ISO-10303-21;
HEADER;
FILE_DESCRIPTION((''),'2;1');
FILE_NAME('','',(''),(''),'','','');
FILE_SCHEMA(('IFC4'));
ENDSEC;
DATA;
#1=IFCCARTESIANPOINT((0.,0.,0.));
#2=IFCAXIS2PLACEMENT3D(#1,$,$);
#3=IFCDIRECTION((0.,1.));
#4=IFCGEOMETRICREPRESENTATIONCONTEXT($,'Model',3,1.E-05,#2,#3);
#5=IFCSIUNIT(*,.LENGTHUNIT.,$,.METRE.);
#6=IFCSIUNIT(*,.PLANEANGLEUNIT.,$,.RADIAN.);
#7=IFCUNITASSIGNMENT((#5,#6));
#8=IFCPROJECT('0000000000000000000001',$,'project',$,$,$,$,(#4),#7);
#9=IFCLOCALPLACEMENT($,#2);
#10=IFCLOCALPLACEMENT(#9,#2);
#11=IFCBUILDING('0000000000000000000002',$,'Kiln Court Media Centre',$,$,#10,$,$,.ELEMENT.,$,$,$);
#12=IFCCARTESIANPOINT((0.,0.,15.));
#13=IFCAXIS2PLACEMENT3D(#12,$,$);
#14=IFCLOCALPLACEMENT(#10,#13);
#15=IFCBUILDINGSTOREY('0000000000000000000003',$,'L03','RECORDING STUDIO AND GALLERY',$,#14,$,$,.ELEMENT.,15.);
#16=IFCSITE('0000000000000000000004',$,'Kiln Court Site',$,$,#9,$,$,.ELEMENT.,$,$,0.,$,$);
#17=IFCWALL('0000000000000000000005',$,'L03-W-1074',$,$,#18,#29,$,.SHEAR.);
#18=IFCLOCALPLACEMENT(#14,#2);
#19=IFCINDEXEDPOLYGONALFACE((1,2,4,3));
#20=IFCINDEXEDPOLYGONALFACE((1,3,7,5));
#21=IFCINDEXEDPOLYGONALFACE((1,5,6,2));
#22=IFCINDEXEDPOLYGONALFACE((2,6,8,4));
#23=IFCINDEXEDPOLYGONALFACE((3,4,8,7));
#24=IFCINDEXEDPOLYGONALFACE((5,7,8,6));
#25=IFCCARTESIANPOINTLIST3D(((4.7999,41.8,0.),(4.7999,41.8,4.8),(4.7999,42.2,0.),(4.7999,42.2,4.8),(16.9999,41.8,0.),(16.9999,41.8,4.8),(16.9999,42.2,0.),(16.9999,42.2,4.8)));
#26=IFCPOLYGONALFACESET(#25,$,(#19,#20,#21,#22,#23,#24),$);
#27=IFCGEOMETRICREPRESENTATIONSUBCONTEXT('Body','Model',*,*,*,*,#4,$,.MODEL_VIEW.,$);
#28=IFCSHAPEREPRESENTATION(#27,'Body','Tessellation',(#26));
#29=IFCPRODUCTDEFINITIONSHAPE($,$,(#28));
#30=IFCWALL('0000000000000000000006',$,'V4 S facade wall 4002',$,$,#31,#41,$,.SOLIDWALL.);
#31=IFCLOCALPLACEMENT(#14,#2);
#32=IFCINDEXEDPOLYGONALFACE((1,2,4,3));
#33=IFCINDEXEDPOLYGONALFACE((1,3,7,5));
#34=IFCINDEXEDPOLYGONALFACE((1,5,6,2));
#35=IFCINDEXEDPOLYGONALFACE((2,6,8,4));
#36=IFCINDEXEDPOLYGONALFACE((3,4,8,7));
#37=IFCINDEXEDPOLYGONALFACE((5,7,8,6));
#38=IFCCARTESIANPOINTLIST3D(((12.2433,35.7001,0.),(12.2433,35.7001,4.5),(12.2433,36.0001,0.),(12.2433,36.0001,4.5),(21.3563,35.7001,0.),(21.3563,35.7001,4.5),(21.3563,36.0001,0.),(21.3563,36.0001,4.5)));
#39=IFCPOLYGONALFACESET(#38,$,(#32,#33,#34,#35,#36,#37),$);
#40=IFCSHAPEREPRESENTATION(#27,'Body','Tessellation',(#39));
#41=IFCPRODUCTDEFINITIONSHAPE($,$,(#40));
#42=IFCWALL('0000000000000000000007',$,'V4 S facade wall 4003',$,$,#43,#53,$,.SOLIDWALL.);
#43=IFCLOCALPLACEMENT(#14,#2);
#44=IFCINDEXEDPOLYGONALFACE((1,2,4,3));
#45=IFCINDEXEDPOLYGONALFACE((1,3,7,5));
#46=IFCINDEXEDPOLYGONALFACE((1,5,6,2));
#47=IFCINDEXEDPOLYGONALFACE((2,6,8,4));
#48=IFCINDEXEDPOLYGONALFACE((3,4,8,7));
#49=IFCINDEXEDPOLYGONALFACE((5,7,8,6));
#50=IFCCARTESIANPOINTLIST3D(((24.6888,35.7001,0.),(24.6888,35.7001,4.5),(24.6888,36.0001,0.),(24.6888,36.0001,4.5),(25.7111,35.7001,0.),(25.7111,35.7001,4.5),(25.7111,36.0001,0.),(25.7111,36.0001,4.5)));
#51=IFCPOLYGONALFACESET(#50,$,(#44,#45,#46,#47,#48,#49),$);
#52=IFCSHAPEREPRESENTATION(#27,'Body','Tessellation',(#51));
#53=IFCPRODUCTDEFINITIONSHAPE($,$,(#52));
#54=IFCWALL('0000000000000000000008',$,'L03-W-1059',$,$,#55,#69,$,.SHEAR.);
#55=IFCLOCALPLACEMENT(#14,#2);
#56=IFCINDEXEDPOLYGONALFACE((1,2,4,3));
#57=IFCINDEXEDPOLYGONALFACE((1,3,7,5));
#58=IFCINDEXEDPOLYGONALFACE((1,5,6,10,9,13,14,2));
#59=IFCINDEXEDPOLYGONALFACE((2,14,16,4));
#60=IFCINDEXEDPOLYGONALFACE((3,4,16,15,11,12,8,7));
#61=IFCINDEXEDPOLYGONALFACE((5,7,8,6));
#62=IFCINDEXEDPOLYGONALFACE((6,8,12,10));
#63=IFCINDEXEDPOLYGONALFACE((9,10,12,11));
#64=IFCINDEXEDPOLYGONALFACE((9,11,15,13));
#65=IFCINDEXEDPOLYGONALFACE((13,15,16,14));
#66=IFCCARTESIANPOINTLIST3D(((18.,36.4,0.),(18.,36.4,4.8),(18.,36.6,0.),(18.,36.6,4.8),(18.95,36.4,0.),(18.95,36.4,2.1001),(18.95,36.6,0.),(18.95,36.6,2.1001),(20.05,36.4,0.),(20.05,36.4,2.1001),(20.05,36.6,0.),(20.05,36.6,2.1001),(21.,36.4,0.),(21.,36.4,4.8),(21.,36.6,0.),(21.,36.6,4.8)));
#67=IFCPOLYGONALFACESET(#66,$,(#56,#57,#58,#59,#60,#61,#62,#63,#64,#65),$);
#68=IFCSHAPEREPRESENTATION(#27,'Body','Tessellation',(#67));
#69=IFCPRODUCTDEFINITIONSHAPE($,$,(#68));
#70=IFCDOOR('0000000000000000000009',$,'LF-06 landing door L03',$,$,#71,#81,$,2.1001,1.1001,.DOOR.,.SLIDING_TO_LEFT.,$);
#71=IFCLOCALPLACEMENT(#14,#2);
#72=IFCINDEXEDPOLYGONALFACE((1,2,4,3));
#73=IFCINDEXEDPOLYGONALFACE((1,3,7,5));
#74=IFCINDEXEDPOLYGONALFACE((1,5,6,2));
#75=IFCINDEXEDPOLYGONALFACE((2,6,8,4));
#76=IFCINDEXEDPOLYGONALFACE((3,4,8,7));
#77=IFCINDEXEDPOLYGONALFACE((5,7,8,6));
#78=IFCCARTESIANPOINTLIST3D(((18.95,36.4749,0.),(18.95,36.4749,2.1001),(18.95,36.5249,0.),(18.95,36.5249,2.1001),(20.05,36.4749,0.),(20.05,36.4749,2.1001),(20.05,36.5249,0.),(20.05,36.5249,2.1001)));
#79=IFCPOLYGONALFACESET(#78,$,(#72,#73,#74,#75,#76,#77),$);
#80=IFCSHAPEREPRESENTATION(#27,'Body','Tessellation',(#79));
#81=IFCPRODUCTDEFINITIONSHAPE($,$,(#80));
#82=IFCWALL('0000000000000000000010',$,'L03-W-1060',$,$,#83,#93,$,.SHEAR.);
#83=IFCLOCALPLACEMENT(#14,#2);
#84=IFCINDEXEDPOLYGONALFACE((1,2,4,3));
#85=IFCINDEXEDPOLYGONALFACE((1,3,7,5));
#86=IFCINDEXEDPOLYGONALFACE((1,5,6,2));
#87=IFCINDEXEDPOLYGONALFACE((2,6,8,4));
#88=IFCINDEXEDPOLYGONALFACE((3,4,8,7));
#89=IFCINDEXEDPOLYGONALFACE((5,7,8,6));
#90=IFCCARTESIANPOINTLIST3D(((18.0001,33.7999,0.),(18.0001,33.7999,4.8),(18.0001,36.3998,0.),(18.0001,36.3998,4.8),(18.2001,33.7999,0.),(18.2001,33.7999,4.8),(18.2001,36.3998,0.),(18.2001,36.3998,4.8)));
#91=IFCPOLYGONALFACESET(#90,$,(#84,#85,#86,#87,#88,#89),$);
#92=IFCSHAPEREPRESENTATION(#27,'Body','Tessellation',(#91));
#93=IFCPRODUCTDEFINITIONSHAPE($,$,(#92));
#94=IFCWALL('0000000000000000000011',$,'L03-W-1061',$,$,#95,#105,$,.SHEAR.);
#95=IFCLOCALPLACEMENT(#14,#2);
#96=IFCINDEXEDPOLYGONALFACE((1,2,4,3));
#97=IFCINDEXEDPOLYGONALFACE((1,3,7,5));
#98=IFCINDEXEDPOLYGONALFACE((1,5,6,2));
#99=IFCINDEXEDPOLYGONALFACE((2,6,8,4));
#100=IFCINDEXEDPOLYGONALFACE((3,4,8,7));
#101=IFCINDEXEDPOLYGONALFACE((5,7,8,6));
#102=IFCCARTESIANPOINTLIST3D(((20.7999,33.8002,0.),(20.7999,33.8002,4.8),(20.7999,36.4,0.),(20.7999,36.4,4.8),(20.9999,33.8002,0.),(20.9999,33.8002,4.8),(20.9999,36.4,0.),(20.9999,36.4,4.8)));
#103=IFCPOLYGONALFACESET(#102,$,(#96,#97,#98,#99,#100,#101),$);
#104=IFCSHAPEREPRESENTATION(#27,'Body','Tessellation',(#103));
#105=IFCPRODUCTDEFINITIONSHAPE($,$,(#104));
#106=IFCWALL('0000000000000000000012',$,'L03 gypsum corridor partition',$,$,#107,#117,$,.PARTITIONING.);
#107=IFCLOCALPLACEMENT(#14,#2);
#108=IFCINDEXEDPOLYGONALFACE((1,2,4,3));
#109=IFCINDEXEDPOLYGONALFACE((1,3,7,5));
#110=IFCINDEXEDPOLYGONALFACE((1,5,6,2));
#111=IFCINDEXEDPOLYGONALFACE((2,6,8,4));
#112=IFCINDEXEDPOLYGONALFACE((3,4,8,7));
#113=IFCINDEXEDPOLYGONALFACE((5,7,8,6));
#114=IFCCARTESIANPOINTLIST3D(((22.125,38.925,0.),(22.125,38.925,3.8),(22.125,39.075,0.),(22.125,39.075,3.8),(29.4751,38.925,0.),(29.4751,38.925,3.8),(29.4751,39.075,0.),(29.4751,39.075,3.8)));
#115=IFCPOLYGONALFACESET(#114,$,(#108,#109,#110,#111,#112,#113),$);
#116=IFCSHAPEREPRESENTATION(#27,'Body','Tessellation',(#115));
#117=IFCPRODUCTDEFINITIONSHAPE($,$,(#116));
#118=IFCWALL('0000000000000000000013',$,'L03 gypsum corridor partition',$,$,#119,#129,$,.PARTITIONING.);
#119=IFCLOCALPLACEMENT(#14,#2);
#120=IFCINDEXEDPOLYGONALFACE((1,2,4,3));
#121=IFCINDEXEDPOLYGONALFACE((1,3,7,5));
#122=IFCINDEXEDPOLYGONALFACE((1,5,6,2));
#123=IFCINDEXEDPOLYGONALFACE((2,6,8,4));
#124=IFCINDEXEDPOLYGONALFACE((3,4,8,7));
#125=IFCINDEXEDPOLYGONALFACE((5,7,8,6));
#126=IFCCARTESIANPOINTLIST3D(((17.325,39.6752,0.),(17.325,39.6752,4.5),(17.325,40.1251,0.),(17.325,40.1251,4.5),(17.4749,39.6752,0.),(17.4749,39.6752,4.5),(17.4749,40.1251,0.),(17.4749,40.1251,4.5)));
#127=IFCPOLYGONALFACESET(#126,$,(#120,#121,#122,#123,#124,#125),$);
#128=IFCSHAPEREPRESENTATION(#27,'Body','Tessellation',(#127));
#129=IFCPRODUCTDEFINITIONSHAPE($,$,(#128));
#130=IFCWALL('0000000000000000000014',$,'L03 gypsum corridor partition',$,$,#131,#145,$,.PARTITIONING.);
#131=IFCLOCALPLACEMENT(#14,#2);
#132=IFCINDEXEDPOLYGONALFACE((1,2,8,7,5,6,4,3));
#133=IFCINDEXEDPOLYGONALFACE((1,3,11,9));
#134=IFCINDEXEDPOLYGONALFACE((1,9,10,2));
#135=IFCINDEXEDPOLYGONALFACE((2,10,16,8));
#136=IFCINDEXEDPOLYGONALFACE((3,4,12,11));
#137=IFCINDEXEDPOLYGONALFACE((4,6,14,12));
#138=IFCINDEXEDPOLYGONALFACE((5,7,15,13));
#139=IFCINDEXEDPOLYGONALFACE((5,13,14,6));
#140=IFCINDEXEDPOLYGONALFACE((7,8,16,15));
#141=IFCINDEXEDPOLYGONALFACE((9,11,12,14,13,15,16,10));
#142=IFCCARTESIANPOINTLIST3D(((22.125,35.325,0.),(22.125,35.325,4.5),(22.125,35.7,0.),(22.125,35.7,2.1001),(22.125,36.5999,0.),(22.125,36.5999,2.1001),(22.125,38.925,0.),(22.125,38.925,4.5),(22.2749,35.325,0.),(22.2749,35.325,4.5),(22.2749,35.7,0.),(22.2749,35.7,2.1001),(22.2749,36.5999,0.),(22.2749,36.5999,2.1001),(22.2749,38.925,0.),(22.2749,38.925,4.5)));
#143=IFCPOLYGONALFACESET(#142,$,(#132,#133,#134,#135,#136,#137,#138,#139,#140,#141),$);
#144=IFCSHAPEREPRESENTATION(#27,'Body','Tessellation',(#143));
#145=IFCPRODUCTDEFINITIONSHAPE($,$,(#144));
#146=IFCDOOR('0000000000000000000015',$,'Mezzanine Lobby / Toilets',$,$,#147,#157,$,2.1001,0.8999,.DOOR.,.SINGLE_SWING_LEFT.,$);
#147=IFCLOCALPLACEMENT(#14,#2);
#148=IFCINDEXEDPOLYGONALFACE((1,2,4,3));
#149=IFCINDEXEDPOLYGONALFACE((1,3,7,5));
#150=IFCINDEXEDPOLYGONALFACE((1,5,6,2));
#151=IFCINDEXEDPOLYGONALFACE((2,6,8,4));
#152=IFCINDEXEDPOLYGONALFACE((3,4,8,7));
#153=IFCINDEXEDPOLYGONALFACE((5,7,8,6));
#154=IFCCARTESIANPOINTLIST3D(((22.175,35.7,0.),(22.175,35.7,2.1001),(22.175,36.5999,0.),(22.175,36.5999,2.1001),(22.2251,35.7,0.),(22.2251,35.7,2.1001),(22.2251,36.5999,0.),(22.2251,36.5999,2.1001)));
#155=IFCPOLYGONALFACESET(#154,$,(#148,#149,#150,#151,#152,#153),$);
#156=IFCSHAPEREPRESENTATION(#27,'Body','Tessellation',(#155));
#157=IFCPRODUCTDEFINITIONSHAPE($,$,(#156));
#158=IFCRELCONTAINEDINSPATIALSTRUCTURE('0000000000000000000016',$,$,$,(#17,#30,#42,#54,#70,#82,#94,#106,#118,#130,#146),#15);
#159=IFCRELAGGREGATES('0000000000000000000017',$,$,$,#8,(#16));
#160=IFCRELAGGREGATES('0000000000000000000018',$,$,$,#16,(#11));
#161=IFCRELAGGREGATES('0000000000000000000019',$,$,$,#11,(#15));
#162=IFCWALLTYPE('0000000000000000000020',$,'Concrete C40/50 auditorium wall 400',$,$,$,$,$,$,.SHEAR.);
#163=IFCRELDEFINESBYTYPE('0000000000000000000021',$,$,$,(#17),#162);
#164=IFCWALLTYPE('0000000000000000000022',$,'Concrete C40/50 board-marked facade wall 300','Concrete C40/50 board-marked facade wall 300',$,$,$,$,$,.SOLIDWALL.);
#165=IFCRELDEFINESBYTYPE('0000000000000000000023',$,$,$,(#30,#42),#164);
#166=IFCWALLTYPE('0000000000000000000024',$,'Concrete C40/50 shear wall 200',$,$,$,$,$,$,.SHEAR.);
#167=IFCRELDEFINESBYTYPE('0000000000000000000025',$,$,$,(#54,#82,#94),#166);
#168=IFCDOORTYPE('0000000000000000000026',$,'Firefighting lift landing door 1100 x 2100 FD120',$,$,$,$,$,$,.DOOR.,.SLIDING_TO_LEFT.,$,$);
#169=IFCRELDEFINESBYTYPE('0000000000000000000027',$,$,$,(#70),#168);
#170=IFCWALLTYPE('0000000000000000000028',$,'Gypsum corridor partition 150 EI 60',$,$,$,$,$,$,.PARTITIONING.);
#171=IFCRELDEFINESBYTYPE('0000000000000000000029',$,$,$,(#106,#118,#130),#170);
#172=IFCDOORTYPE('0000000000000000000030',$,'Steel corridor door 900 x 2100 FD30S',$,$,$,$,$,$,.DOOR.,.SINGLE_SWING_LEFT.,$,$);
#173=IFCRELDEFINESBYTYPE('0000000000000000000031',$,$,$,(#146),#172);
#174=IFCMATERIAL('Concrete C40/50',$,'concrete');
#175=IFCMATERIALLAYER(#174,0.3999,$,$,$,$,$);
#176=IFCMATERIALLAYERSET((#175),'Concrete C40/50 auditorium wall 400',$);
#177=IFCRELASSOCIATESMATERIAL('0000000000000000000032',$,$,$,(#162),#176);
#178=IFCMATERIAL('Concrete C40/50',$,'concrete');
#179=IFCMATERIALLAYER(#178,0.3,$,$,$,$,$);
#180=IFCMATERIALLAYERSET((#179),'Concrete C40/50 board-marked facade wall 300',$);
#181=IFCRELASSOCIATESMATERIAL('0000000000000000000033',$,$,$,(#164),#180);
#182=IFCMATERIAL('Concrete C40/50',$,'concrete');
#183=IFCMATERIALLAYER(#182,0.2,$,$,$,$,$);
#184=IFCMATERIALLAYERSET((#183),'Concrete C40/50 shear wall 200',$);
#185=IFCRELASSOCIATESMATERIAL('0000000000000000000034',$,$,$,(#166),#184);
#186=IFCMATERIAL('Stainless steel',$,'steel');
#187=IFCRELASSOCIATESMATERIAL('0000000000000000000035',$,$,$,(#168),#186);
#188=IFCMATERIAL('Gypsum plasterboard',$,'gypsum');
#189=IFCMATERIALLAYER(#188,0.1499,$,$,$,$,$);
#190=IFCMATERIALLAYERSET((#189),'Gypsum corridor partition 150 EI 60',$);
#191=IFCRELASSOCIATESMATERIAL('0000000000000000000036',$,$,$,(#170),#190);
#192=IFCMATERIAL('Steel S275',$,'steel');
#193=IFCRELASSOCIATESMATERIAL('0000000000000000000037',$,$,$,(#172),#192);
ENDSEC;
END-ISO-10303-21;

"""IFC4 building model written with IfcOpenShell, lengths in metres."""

from ifc_helpers import new_model, si_unit, direction, frame, frame_2d, origin, place, context, subcontext, project, spatial, rectangle, extrude, material, layer, layer_set, type_object, element, fill, save


model = new_model("IFC4")

# Units and contexts
model_context = context("Model", 3, precision=1e-05, world=origin(), true_north=direction((0.0, 1.0)))
body_context = subcontext(model_context, "Body", "Model", "MODEL_VIEW")
ifc_project = project(units=[si_unit("LENGTHUNIT", "METRE"), si_unit("PLANEANGLEUNIT", "RADIAN")], contexts=[model_context])

# Site, building, storey
site_placement = place(None, origin())
site = spatial("IfcSite", under=ifc_project, at=site_placement, Name="Kiln Court Site", CompositionType="ELEMENT", RefElevation=0.0)
building_placement = place(site_placement, origin())
building = spatial("IfcBuilding", under=site, at=building_placement, Name="Kiln Court Media Centre", CompositionType="ELEMENT")
storey_placement = place(building_placement, frame((0.0, 0.0, 15.0)))
storey = spatial("IfcBuildingStorey", under=building, at=storey_placement, Name="L03", Description="RECORDING STUDIO AND GALLERY", CompositionType="ELEMENT", Elevation=15.0)

# Walls
ifc_material_1 = material(Name="Concrete C40/50", Category="concrete")
ifc_layer_1 = layer(ifc_material_1, 0.3999)
ifc_layer_set_1 = layer_set([ifc_layer_1], Name="Concrete C40/50 auditorium wall 400")
wall_type_1 = type_object("IfcWallType", Name="Concrete C40/50 auditorium wall 400", PredefinedType="SHEAR", material=ifc_layer_set_1)
wall_1_placement = place(storey_placement, frame((17.0, 42.0, 0.0), z_axis=(0.0, 0.0, 1.0), x_axis=(-1.0, 0.0, 0.0)))
element("IfcWall", 1, at=wall_1_placement, inside=storey, type_object=wall_type_1, Name="L03-W-1074", PredefinedType="SHEAR", context=body_context, shape_type="SweptSolid", body=[
    extrude(rectangle(XDim=12.2, YDim=0.3999, at=frame_2d((6.1001, 0.0))), origin(), (0.0, 0.0, 1.0), 4.8),
])
ifc_material_2 = material(Name="Concrete C40/50", Category="concrete")
ifc_layer_2 = layer(ifc_material_2, 0.3)
ifc_layer_set_2 = layer_set([ifc_layer_2], Name="Concrete C40/50 board-marked facade wall 300")
wall_type_2 = type_object("IfcWallType", Name="Concrete C40/50 board-marked facade wall 300", Description="Concrete C40/50 board-marked facade wall 300", PredefinedType="SOLIDWALL", material=ifc_layer_set_2)
wall_2_placement = place(storey_placement, frame((21.3564, 35.8501, 0.0), z_axis=(0.0, 0.0, 1.0), x_axis=(-1.0, 0.0, 0.0)))
element("IfcWall", 2, at=wall_2_placement, inside=storey, type_object=wall_type_2, Name="V4 S facade wall 4002", PredefinedType="SOLIDWALL", context=body_context, shape_type="SweptSolid", body=[
    extrude(rectangle(XDim=9.113, YDim=0.3, at=frame_2d((4.5566, 0.0))), origin(), (0.0, 0.0, 1.0), 4.5),
])
wall_3_placement = place(storey_placement, frame((25.7112, 35.8501, 0.0), z_axis=(0.0, 0.0, 1.0), x_axis=(-1.0, 0.0, 0.0)))
element("IfcWall", 3, at=wall_3_placement, inside=storey, type_object=wall_type_2, Name="V4 S facade wall 4003", PredefinedType="SOLIDWALL", context=body_context, shape_type="SweptSolid", body=[
    extrude(rectangle(XDim=1.0222, YDim=0.3, at=frame_2d((0.5112, 0.0))), origin(), (0.0, 0.0, 1.0), 4.5),
])

# Wall, opening, door
ifc_material_3 = material(Name="Concrete C40/50", Category="concrete")
ifc_layer_3 = layer(ifc_material_3, 0.2)
ifc_layer_set_3 = layer_set([ifc_layer_3], Name="Concrete C40/50 shear wall 200")
wall_type_3 = type_object("IfcWallType", Name="Concrete C40/50 shear wall 200", PredefinedType="SHEAR", material=ifc_layer_set_3)
wall_4_placement = place(storey_placement, frame((18.0, 36.5, 0.0), z_axis=(0.0, 0.0, 1.0), x_axis=(1.0, 0.0, 0.0)))
wall_4 = element("IfcWall", 4, at=wall_4_placement, inside=storey, type_object=wall_type_3, Name="L03-W-1059", PredefinedType="SHEAR", context=body_context, shape_type="SweptSolid", body=[
    extrude(rectangle(XDim=3.0, YDim=0.2, at=frame_2d((1.5, 0.0))), origin(), (0.0, 0.0, 1.0), 4.8),
])
opening_1_placement = place(wall_4_placement, frame((0.95, 0.0, 0.0)))
opening_1 = element("IfcOpeningElement", 5, at=opening_1_placement, cuts=wall_4, PredefinedType="OPENING", context=body_context, shape_type="SweptSolid", body=[
    extrude(rectangle(XDim=1.1001, YDim=2.1001, at=frame_2d((0.55, 1.05))), frame((0.0, 0.1099, 0.0), z_axis=(0.0, -1.0, 0.0), x_axis=(1.0, 0.0, 0.0)), (0.0, 0.0, 1.0), 0.22),
])
ifc_material_4 = material(Name="Stainless steel", Category="steel")
door_type_1 = type_object("IfcDoorType", Name="Firefighting lift landing door 1100 x 2100 FD120", OperationType="SLIDING_TO_LEFT", PredefinedType="DOOR", material=ifc_material_4)
door_1_placement = place(opening_1_placement, origin())
door_1 = element("IfcDoor", 6, at=door_1_placement, inside=storey, type_object=door_type_1, Name="LF-06 landing door L03", OperationType="SLIDING_TO_LEFT", OverallHeight=2.1001, OverallWidth=1.1001, PredefinedType="DOOR", context=body_context, shape_type="SweptSolid", body=[
    extrude(rectangle(XDim=1.1001, YDim=2.1001, at=frame_2d((0.55, 1.05))), frame((0.0, 0.0249, 0.0), z_axis=(0.0, -1.0, 0.0), x_axis=(1.0, 0.0, 0.0)), (0.0, 0.0, 1.0), 0.05),
])
fill(opening_1, door_1)

# Walls
for number, where, z_axis, x_axis, name in (
    (7, (18.1001, 33.8, 0.0), (0.0, 0.0, 1.0), (0.0, 1.0, 0.0), "L03-W-1060"),
    (8, (20.8999, 36.3999, 0.0), (0.0, 0.0, 1.0), (0.0, -1.0, 0.0), "L03-W-1061"),
):
    element("IfcWall", number, at=place(storey_placement, frame(where, z_axis=z_axis, x_axis=x_axis)), inside=storey, type_object=wall_type_3, Name=name, PredefinedType="SHEAR", context=body_context, shape_type="SweptSolid", body=[
        extrude(rectangle(XDim=2.5999, YDim=0.2, at=frame_2d((1.2998, 0.0))), origin(), (0.0, 0.0, 1.0), 4.8),
    ])
ifc_material_5 = material(Name="Gypsum plasterboard", Category="gypsum")
ifc_layer_4 = layer(ifc_material_5, 0.1499)
ifc_layer_set_4 = layer_set([ifc_layer_4], Name="Gypsum corridor partition 150 EI 60")
wall_type_4 = type_object("IfcWallType", Name="Gypsum corridor partition 150 EI 60", PredefinedType="PARTITIONING", material=ifc_layer_set_4)
wall_5_placement = place(storey_placement, frame((22.125, 39.0, 0.0), z_axis=(0.0, 0.0, 1.0), x_axis=(1.0, 0.0, 0.0)))
element("IfcWall", 9, at=wall_5_placement, inside=storey, type_object=wall_type_4, Name="L03 gypsum corridor partition", PredefinedType="PARTITIONING", context=body_context, shape_type="SweptSolid", body=[
    extrude(rectangle(XDim=7.3501, YDim=0.1499, at=frame_2d((3.675, 0.0))), origin(), (0.0, 0.0, 1.0), 3.8),
])
wall_6_placement = place(storey_placement, frame((17.3999, 39.675, 0.0), z_axis=(0.0, 0.0, 1.0), x_axis=(0.0, 1.0, 0.0)))
element("IfcWall", 10, at=wall_6_placement, inside=storey, type_object=wall_type_4, Name="L03 gypsum corridor partition", PredefinedType="PARTITIONING", context=body_context, shape_type="SweptSolid", body=[
    extrude(rectangle(XDim=0.45, YDim=0.1499, at=frame_2d((0.2251, 0.0))), origin(), (0.0, 0.0, 1.0), 4.5),
])

# Wall, opening, door
wall_7_placement = place(storey_placement, frame((22.2, 35.325, 0.0), z_axis=(0.0, 0.0, 1.0), x_axis=(0.0, 1.0, 0.0)))
wall_7 = element("IfcWall", 11, at=wall_7_placement, inside=storey, type_object=wall_type_4, Name="L03 gypsum corridor partition", PredefinedType="PARTITIONING", context=body_context, shape_type="SweptSolid", body=[
    extrude(rectangle(XDim=3.6001, YDim=0.1499, at=frame_2d((1.8, 0.0))), origin(), (0.0, 0.0, 1.0), 4.5),
])
opening_2_placement = place(wall_7_placement, frame((0.375, 0.0, 0.0)))
opening_2 = element("IfcOpeningElement", 12, at=opening_2_placement, cuts=wall_7, PredefinedType="OPENING", context=body_context, shape_type="SweptSolid", body=[
    extrude(rectangle(XDim=0.8999, YDim=2.1001, at=frame_2d((0.45, 1.05))), frame((0.0, 0.085, 0.0), z_axis=(0.0, -1.0, 0.0), x_axis=(1.0, 0.0, 0.0)), (0.0, 0.0, 1.0), 0.1699),
])
ifc_material_6 = material(Name="Steel S275", Category="steel")
door_type_2 = type_object("IfcDoorType", Name="Steel corridor door 900 x 2100 FD30S", OperationType="SINGLE_SWING_LEFT", PredefinedType="DOOR", material=ifc_material_6)
door_2_placement = place(opening_2_placement, origin())
door_2 = element("IfcDoor", 13, at=door_2_placement, inside=storey, type_object=door_type_2, Name="Mezzanine Lobby / Toilets", OperationType="SINGLE_SWING_LEFT", OverallHeight=2.1001, OverallWidth=0.8999, PredefinedType="DOOR", context=body_context, shape_type="SweptSolid", body=[
    extrude(rectangle(XDim=0.8999, YDim=2.1001, at=frame_2d((0.45, 1.05))), frame((0.0, 0.0249, 0.0), z_axis=(0.0, -1.0, 0.0), x_axis=(1.0, 0.0, 0.0)), (0.0, 0.0, 1.0), 0.05),
])
fill(opening_2, door_2)

save(model, "model.ifc")
